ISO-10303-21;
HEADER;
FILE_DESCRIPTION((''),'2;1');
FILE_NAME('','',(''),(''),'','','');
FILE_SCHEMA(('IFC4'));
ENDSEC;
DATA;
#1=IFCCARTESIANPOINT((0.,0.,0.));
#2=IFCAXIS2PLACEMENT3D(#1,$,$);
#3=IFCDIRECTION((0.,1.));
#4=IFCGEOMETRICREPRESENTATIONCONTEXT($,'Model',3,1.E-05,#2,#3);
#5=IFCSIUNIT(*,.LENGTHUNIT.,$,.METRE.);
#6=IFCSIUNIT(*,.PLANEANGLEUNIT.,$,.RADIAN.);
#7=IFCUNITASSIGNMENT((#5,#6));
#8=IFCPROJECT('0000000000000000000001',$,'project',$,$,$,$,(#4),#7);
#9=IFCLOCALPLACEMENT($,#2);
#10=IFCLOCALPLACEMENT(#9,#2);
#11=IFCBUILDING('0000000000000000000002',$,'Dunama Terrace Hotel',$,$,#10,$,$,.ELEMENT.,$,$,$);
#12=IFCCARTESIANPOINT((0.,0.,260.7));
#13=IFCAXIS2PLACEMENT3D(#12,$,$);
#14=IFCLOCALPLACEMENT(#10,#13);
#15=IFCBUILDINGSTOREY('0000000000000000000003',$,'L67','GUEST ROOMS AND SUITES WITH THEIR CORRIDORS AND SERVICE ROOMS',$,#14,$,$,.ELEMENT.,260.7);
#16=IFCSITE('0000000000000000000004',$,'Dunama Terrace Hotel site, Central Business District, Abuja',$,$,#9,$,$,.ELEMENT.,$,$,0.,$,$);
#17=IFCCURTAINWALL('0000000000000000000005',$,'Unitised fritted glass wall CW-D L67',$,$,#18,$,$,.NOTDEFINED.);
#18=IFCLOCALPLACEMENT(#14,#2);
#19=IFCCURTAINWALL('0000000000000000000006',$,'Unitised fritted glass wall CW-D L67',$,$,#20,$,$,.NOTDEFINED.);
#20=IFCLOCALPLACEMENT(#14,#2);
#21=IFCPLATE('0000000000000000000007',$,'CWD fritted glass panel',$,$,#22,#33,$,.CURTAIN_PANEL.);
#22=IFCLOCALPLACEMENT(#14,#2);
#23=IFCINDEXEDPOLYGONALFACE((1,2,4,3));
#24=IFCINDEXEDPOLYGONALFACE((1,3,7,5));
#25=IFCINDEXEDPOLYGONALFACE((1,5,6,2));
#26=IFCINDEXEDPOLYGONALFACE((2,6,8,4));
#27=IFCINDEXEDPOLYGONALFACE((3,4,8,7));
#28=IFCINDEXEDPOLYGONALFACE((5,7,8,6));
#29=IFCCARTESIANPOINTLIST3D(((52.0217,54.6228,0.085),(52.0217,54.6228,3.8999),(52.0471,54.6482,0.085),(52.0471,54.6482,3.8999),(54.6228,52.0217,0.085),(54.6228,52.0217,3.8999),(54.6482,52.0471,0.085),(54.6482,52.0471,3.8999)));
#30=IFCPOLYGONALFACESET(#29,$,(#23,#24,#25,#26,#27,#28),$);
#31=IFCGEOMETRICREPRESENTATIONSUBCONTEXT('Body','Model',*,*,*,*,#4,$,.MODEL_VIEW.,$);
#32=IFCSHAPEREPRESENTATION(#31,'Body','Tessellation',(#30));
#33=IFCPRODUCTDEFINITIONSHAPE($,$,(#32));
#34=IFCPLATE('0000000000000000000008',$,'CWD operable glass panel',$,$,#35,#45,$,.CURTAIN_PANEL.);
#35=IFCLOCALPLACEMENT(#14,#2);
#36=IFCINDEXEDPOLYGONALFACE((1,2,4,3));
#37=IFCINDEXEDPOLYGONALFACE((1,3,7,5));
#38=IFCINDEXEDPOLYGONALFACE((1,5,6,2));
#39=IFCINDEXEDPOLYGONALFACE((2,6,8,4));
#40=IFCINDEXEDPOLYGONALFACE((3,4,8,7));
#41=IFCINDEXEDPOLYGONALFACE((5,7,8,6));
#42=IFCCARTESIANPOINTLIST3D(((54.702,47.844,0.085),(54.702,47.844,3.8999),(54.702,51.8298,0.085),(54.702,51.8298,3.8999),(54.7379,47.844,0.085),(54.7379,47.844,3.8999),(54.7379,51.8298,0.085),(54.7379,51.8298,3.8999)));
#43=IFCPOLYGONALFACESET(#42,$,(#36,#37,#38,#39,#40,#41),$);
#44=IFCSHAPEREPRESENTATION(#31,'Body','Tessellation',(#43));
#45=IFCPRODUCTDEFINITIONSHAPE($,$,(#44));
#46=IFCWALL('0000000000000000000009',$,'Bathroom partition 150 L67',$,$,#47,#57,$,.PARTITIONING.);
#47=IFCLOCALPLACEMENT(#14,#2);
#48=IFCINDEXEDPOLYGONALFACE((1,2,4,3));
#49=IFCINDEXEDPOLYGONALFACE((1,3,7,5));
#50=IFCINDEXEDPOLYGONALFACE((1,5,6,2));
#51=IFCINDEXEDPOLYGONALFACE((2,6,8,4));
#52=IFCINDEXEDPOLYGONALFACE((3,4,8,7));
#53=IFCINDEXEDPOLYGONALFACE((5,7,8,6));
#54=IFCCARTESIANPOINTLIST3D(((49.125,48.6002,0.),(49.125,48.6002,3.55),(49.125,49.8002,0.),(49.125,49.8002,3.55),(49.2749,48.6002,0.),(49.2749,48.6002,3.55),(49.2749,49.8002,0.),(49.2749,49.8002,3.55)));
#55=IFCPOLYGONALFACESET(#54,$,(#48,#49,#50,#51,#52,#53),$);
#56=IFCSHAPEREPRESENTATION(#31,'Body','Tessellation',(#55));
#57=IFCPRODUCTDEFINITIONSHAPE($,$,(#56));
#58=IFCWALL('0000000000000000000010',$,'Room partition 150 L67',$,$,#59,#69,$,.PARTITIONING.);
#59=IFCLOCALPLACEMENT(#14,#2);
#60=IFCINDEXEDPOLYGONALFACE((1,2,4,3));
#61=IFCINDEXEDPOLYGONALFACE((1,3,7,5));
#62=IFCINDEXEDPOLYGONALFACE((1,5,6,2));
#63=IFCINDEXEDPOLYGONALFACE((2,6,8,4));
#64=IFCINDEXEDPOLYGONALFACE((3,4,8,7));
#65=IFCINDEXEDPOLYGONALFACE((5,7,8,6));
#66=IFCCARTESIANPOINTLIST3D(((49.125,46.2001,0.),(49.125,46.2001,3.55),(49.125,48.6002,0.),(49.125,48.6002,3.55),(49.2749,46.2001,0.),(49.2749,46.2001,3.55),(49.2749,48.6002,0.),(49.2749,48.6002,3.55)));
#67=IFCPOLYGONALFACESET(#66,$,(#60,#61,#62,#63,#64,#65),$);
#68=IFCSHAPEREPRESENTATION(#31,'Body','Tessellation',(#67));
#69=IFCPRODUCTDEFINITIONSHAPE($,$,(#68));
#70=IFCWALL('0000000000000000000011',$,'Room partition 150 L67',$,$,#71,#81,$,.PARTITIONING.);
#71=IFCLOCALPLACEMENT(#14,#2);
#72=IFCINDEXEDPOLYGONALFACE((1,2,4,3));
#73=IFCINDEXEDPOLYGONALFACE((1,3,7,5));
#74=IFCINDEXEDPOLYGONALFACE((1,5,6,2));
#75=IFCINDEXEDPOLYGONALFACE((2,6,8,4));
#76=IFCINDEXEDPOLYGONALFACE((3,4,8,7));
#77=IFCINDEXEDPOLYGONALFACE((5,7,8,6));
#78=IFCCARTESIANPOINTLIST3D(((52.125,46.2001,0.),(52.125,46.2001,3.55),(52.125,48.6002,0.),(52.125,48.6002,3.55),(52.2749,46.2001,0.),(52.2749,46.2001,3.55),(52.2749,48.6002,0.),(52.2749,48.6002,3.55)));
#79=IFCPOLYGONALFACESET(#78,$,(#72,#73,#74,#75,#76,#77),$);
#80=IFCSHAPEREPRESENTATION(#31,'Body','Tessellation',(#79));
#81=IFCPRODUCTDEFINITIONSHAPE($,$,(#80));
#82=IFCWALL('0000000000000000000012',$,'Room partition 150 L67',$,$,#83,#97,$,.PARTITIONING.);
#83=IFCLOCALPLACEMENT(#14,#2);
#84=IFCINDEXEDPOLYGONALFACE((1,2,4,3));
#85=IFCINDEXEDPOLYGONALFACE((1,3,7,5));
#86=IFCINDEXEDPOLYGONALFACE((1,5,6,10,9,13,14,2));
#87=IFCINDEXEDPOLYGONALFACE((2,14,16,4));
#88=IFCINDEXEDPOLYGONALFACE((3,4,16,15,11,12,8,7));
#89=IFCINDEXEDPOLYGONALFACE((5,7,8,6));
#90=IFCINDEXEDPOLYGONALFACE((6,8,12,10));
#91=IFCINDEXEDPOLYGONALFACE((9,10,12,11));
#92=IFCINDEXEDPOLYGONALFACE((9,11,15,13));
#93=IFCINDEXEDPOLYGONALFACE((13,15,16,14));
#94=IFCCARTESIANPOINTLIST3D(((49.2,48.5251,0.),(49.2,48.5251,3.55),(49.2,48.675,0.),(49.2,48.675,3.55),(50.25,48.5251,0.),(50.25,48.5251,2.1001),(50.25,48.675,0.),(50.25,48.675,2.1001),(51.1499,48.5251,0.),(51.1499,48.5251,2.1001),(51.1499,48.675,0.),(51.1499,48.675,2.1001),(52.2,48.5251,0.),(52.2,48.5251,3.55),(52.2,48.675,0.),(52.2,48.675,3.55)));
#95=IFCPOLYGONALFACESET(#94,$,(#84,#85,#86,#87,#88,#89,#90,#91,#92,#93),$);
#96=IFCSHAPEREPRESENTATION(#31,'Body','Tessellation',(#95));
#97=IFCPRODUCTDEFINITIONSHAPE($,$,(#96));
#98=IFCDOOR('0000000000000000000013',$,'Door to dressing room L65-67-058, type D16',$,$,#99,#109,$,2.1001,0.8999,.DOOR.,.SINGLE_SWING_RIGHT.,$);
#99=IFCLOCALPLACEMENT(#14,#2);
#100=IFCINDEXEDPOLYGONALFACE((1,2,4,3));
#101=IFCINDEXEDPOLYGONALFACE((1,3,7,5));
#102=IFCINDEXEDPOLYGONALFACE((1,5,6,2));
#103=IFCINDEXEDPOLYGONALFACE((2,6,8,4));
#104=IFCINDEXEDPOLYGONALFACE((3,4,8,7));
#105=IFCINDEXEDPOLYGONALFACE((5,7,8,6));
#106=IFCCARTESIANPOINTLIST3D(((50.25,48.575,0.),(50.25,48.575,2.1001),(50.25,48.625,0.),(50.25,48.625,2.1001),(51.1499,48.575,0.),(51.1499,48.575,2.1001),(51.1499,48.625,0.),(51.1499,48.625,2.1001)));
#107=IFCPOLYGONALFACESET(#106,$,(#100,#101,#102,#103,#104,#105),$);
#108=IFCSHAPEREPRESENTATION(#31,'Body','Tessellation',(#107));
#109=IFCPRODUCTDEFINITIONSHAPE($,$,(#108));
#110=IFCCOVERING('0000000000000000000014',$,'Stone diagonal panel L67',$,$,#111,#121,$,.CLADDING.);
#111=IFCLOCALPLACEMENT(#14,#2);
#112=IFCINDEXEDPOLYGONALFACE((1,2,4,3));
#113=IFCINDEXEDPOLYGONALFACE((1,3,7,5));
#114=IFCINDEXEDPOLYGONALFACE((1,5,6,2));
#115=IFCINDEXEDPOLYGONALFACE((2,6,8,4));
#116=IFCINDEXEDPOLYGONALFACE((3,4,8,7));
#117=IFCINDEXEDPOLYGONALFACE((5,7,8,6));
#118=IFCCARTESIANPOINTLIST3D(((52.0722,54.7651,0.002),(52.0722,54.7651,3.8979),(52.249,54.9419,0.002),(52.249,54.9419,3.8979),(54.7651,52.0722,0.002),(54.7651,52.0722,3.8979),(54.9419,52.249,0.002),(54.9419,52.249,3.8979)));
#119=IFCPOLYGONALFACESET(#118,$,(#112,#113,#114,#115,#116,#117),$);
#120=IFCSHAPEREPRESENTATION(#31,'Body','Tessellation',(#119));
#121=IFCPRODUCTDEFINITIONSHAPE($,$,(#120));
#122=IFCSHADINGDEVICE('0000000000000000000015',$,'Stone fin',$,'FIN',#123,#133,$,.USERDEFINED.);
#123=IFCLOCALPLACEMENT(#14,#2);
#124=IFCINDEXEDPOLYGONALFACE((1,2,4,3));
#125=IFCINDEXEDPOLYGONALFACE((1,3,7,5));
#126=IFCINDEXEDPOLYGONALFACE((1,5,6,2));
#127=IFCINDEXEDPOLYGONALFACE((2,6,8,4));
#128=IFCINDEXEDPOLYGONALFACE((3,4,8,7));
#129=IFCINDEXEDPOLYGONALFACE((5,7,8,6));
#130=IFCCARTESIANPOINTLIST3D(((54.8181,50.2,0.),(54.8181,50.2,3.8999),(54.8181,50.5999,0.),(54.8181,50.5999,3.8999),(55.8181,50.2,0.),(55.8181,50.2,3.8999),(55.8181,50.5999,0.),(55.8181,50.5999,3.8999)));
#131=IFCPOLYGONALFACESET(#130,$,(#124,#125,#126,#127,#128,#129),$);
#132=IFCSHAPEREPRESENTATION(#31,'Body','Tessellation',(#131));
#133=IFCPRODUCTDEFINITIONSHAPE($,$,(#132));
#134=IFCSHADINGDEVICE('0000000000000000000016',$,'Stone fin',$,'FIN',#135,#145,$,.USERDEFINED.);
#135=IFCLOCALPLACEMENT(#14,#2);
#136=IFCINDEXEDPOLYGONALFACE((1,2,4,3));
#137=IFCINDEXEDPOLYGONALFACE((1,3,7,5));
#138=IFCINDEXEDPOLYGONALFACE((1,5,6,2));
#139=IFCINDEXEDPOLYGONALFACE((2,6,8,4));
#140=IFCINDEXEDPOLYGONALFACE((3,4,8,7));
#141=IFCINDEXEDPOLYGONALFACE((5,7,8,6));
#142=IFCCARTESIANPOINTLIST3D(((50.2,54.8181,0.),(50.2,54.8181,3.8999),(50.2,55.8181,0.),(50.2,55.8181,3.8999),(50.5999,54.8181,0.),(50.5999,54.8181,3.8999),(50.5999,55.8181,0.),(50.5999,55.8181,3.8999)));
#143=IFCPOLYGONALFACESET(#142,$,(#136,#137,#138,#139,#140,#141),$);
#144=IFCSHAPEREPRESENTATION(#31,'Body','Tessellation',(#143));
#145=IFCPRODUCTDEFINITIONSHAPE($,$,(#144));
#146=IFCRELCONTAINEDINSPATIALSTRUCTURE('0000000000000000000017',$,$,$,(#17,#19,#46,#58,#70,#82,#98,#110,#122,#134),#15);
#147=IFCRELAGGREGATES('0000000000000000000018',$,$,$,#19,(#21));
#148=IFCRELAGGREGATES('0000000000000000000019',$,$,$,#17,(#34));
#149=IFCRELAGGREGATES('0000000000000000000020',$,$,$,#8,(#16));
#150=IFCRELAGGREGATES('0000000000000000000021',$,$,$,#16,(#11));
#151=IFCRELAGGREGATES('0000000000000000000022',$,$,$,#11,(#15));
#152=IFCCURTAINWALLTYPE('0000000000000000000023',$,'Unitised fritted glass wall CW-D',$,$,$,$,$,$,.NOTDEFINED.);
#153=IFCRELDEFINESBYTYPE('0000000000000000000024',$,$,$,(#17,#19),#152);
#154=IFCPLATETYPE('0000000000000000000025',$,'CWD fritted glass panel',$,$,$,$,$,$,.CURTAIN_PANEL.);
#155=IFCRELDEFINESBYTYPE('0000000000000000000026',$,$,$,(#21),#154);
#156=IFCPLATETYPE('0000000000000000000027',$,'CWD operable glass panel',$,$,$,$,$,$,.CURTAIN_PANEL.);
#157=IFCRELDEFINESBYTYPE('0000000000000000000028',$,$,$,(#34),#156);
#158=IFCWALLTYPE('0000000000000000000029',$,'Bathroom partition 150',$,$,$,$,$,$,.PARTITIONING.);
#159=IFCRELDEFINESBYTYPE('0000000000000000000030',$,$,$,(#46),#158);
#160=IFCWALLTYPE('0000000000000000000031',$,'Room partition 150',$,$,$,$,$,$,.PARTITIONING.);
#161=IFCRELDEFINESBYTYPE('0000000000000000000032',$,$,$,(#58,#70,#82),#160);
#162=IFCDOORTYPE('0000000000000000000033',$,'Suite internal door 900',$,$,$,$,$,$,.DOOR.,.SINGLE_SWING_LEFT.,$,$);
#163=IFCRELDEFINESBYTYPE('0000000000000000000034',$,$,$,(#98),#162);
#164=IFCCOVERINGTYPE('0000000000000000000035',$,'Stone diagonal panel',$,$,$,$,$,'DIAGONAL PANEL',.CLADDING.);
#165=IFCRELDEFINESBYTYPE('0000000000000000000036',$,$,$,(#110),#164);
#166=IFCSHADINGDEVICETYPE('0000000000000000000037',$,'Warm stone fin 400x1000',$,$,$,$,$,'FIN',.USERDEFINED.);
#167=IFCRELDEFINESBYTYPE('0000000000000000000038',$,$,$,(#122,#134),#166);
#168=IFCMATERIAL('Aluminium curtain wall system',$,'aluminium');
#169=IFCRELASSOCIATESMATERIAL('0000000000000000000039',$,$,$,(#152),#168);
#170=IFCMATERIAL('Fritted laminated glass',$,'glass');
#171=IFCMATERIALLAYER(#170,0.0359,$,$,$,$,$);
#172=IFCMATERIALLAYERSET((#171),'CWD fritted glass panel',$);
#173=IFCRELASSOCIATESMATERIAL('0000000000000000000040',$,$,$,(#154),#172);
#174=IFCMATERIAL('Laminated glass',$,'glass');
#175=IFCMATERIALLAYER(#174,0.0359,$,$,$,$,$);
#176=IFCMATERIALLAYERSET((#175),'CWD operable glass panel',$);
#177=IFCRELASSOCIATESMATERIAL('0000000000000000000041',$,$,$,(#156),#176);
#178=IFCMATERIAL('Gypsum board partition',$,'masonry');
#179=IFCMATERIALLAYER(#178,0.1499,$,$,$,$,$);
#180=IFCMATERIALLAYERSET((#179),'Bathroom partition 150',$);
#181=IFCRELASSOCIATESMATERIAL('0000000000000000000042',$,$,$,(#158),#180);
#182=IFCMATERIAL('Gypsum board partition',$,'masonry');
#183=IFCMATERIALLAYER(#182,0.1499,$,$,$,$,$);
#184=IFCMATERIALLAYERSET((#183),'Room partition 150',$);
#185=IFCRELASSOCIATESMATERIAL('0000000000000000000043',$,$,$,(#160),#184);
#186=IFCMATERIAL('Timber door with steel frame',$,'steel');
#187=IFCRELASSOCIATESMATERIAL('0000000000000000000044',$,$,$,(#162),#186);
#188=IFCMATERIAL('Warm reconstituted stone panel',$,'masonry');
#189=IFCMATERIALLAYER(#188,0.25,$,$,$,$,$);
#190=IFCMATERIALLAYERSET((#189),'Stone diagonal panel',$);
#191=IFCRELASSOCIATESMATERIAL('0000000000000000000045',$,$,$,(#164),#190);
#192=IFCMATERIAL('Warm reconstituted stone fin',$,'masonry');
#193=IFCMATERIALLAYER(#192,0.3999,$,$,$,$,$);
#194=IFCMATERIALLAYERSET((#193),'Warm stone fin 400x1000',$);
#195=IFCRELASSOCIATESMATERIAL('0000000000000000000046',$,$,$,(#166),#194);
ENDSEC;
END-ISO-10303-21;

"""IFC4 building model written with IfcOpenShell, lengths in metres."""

from ifc_helpers import new_model, si_unit, direction, frame, frame_2d, origin, origin_2d, place, context, subcontext, project, spatial, rectangle, extrude, material, layer, layer_set, type_object, element, fill, aggregate, save


model = new_model("IFC4")

# Units and contexts
model_context = context("Model", 3, precision=1e-05, world=origin(), true_north=direction((0.0, 1.0)))
body_context = subcontext(model_context, "Body", "Model", "MODEL_VIEW")
ifc_project = project(units=[si_unit("LENGTHUNIT", "METRE"), si_unit("PLANEANGLEUNIT", "RADIAN")], contexts=[model_context])

# Site, building, storey
site_placement = place(None, origin())
site = spatial("IfcSite", under=ifc_project, at=site_placement, Name="Dunama Terrace Hotel site, Central Business District, Abuja", CompositionType="ELEMENT", RefElevation=0.0)
building_placement = place(site_placement, origin())
building = spatial("IfcBuilding", under=site, at=building_placement, Name="Dunama Terrace Hotel", CompositionType="ELEMENT")
storey_placement = place(building_placement, frame((0.0, 0.0, 260.7)))
storey = spatial("IfcBuildingStorey", under=building, at=storey_placement, Name="L67", Description="GUEST ROOMS AND SUITES WITH THEIR CORRIDORS AND SERVICE ROOMS", CompositionType="ELEMENT", Elevation=260.7)

# Curtain walls
ifc_material_1 = material(Name="Aluminium curtain wall system", Category="aluminium")
curtain_wall_type = type_object("IfcCurtainWallType", Name="Unitised fritted glass wall CW-D", PredefinedType="NOTDEFINED", material=ifc_material_1)
curtain_wall_1_placement = place(storey_placement, origin())
curtain_wall_1 = element("IfcCurtainWall", 1, at=curtain_wall_1_placement, inside=storey, type_object=curtain_wall_type, Name="Unitised fritted glass wall CW-D L67", PredefinedType="NOTDEFINED")
curtain_wall_2_placement = place(storey_placement, origin())
curtain_wall_2 = element("IfcCurtainWall", 2, at=curtain_wall_2_placement, inside=storey, type_object=curtain_wall_type, Name="Unitised fritted glass wall CW-D L67", PredefinedType="NOTDEFINED")

# Plates
ifc_material_2 = material(Name="Fritted laminated glass", Category="glass")
ifc_layer_1 = layer(ifc_material_2, 0.0359)
ifc_layer_set_1 = layer_set([ifc_layer_1], Name="CWD fritted glass panel")
plate_type_1 = type_object("IfcPlateType", Name="CWD fritted glass panel", PredefinedType="CURTAIN_PANEL", material=ifc_layer_set_1)
plate_1_placement = place(storey_placement, frame((53.335, 53.335, 0.085), z_axis=(0.0, 0.0, 1.0), x_axis=(-0.707107, 0.707107, 0.0)))
plate_1 = element("IfcPlate", 3, at=plate_1_placement, type_object=plate_type_1, Name="CWD fritted glass panel", PredefinedType="CURTAIN_PANEL", context=body_context, shape_type="SweptSolid", body=[
    extrude(rectangle(XDim=3.6785, YDim=0.0359, at=origin_2d()), origin(), (0.0, 0.0, 1.0), 3.8149),
])
aggregate(curtain_wall_2, [plate_1])
ifc_material_3 = material(Name="Laminated glass", Category="glass")
ifc_layer_2 = layer(ifc_material_3, 0.0359)
ifc_layer_set_2 = layer_set([ifc_layer_2], Name="CWD operable glass panel")
plate_type_2 = type_object("IfcPlateType", Name="CWD operable glass panel", PredefinedType="CURTAIN_PANEL", material=ifc_layer_set_2)
plate_2_placement = place(storey_placement, frame((54.72, 49.8369, 0.085), z_axis=(0.0, 0.0, 1.0), x_axis=(0.0, 1.0, 0.0)))
plate_2 = element("IfcPlate", 4, at=plate_2_placement, type_object=plate_type_2, Name="CWD operable glass panel", PredefinedType="CURTAIN_PANEL", context=body_context, shape_type="SweptSolid", body=[
    extrude(rectangle(XDim=3.9858, YDim=0.0359, at=origin_2d()), origin(), (0.0, 0.0, 1.0), 3.8149),
])
aggregate(curtain_wall_1, [plate_2])

# Walls
ifc_material_4 = material(Name="Gypsum board partition", Category="masonry")
ifc_layer_3 = layer(ifc_material_4, 0.1499)
ifc_layer_set_3 = layer_set([ifc_layer_3], Name="Bathroom partition 150")
wall_type_1 = type_object("IfcWallType", Name="Bathroom partition 150", PredefinedType="PARTITIONING", material=ifc_layer_set_3)
wall_1_placement = place(storey_placement, frame((49.2, 48.6001, 0.0), z_axis=(0.0, 0.0, 1.0), x_axis=(0.0, 1.0, 0.0)))
element("IfcWall", 5, at=wall_1_placement, inside=storey, type_object=wall_type_1, Name="Bathroom partition 150 L67", PredefinedType="PARTITIONING", context=body_context, shape_type="SweptSolid", body=[
    extrude(rectangle(XDim=1.2, YDim=0.1499, at=frame_2d((0.6001, 0.0))), origin(), (0.0, 0.0, 1.0), 3.55),
])
ifc_material_5 = material(Name="Gypsum board partition", Category="masonry")
ifc_layer_4 = layer(ifc_material_5, 0.1499)
ifc_layer_set_4 = layer_set([ifc_layer_4], Name="Room partition 150")
wall_type_2 = type_object("IfcWallType", Name="Room partition 150", PredefinedType="PARTITIONING", material=ifc_layer_set_4)
for number, where, z_axis, x_axis, name in (
    (6, (49.2, 46.2, 0.0), (0.0, 0.0, 1.0), (0.0, 1.0, 0.0), "Room partition 150 L67"),
    (7, (52.2, 46.2, 0.0), (0.0, 0.0, 1.0), (0.0, 1.0, 0.0), "Room partition 150 L67"),
):
    element("IfcWall", number, at=place(storey_placement, frame(where, z_axis=z_axis, x_axis=x_axis)), inside=storey, type_object=wall_type_2, Name=name, PredefinedType="PARTITIONING", context=body_context, shape_type="SweptSolid", body=[
        extrude(rectangle(XDim=2.4001, YDim=0.1499, at=frame_2d((1.2002, 0.0))), origin(), (0.0, 0.0, 1.0), 3.55),
    ])

# Wall, opening, door
wall_2_placement = place(storey_placement, frame((49.2, 48.6001, 0.0), z_axis=(0.0, 0.0, 1.0), x_axis=(1.0, 0.0, 0.0)))
wall_2 = element("IfcWall", 8, at=wall_2_placement, inside=storey, type_object=wall_type_2, Name="Room partition 150 L67", PredefinedType="PARTITIONING", context=body_context, shape_type="SweptSolid", body=[
    extrude(rectangle(XDim=3.0, YDim=0.1499, at=frame_2d((1.5, 0.0))), origin(), (0.0, 0.0, 1.0), 3.55),
])
opening_placement = place(wall_2_placement, frame((1.05, 0.0, 0.0)))
opening = element("IfcOpeningElement", 9, at=opening_placement, cuts=wall_2, PredefinedType="OPENING", context=body_context, shape_type="SweptSolid", body=[
    extrude(rectangle(XDim=0.8999, YDim=2.1001, at=frame_2d((0.45, 1.05))), frame((0.0, 0.085, 0.0), z_axis=(0.0, -1.0, 0.0), x_axis=(1.0, 0.0, 0.0)), (0.0, 0.0, 1.0), 0.1699),
])
ifc_material_6 = material(Name="Timber door with steel frame", Category="steel")
door_type = type_object("IfcDoorType", Name="Suite internal door 900", OperationType="SINGLE_SWING_LEFT", PredefinedType="DOOR", material=ifc_material_6)
door_placement = place(opening_placement, frame((0.8999, 0.0, 0.0), z_axis=(0.0, 0.0, 1.0), x_axis=(-1.0, 0.0, 0.0)))
door = element("IfcDoor", 10, at=door_placement, inside=storey, type_object=door_type, Name="Door to dressing room L65-67-058, type D16", OperationType="SINGLE_SWING_RIGHT", OverallHeight=2.1001, OverallWidth=0.8999, PredefinedType="DOOR", context=body_context, shape_type="SweptSolid", body=[
    extrude(rectangle(XDim=0.8999, YDim=2.1001, at=frame_2d((0.45, 1.05))), frame((0.0, 0.0251, 0.0), z_axis=(0.0, -1.0, 0.0), x_axis=(1.0, 0.0, 0.0)), (0.0, 0.0, 1.0), 0.05),
])
fill(opening, door)

# Covering
ifc_material_7 = material(Name="Warm reconstituted stone panel", Category="masonry")
ifc_layer_5 = layer(ifc_material_7, 0.25)
ifc_layer_set_5 = layer_set([ifc_layer_5], Name="Stone diagonal panel")
covering_type = type_object("IfcCoveringType", Name="Stone diagonal panel", ElementType="DIAGONAL PANEL", PredefinedType="CLADDING", material=ifc_layer_set_5)
covering_placement = place(storey_placement, frame((53.5071, 53.5071, 0.002), z_axis=(0.0, 0.0, 1.0), x_axis=(-0.707107, 0.707107, 0.0)))
element("IfcCovering", 11, at=covering_placement, inside=storey, type_object=covering_type, Name="Stone diagonal panel L67", PredefinedType="CLADDING", context=body_context, shape_type="SweptSolid", body=[
    extrude(rectangle(XDim=3.8083, YDim=0.25, at=origin_2d()), origin(), (0.0, 0.0, 1.0), 3.896),
])

# Shading devices
ifc_material_8 = material(Name="Warm reconstituted stone fin", Category="masonry")
ifc_layer_6 = layer(ifc_material_8, 0.3999)
ifc_layer_set_6 = layer_set([ifc_layer_6], Name="Warm stone fin 400x1000")
shading_device_type = type_object("IfcShadingDeviceType", Name="Warm stone fin 400x1000", ElementType="FIN", PredefinedType="USERDEFINED", material=ifc_layer_set_6)
for number, where, z_axis, x_axis, name in (
    (12, (55.3181, 50.3999, 0.0), (0.0, 0.0, 1.0), (0.0, 1.0, 0.0), "Stone fin"),
    (13, (50.3999, 55.3181, 0.0), (0.0, 0.0, 1.0), (-1.0, 0.0, 0.0), "Stone fin"),
):
    element("IfcShadingDevice", number, at=place(storey_placement, frame(where, z_axis=z_axis, x_axis=x_axis)), inside=storey, type_object=shading_device_type, Name=name, ObjectType="FIN", PredefinedType="USERDEFINED", context=body_context, shape_type="SweptSolid", body=[
        extrude(rectangle(XDim=0.3999, YDim=1.0, at=origin_2d()), origin(), (0.0, 0.0, 1.0), 3.8999),
    ])

save(model, "model.ifc")
